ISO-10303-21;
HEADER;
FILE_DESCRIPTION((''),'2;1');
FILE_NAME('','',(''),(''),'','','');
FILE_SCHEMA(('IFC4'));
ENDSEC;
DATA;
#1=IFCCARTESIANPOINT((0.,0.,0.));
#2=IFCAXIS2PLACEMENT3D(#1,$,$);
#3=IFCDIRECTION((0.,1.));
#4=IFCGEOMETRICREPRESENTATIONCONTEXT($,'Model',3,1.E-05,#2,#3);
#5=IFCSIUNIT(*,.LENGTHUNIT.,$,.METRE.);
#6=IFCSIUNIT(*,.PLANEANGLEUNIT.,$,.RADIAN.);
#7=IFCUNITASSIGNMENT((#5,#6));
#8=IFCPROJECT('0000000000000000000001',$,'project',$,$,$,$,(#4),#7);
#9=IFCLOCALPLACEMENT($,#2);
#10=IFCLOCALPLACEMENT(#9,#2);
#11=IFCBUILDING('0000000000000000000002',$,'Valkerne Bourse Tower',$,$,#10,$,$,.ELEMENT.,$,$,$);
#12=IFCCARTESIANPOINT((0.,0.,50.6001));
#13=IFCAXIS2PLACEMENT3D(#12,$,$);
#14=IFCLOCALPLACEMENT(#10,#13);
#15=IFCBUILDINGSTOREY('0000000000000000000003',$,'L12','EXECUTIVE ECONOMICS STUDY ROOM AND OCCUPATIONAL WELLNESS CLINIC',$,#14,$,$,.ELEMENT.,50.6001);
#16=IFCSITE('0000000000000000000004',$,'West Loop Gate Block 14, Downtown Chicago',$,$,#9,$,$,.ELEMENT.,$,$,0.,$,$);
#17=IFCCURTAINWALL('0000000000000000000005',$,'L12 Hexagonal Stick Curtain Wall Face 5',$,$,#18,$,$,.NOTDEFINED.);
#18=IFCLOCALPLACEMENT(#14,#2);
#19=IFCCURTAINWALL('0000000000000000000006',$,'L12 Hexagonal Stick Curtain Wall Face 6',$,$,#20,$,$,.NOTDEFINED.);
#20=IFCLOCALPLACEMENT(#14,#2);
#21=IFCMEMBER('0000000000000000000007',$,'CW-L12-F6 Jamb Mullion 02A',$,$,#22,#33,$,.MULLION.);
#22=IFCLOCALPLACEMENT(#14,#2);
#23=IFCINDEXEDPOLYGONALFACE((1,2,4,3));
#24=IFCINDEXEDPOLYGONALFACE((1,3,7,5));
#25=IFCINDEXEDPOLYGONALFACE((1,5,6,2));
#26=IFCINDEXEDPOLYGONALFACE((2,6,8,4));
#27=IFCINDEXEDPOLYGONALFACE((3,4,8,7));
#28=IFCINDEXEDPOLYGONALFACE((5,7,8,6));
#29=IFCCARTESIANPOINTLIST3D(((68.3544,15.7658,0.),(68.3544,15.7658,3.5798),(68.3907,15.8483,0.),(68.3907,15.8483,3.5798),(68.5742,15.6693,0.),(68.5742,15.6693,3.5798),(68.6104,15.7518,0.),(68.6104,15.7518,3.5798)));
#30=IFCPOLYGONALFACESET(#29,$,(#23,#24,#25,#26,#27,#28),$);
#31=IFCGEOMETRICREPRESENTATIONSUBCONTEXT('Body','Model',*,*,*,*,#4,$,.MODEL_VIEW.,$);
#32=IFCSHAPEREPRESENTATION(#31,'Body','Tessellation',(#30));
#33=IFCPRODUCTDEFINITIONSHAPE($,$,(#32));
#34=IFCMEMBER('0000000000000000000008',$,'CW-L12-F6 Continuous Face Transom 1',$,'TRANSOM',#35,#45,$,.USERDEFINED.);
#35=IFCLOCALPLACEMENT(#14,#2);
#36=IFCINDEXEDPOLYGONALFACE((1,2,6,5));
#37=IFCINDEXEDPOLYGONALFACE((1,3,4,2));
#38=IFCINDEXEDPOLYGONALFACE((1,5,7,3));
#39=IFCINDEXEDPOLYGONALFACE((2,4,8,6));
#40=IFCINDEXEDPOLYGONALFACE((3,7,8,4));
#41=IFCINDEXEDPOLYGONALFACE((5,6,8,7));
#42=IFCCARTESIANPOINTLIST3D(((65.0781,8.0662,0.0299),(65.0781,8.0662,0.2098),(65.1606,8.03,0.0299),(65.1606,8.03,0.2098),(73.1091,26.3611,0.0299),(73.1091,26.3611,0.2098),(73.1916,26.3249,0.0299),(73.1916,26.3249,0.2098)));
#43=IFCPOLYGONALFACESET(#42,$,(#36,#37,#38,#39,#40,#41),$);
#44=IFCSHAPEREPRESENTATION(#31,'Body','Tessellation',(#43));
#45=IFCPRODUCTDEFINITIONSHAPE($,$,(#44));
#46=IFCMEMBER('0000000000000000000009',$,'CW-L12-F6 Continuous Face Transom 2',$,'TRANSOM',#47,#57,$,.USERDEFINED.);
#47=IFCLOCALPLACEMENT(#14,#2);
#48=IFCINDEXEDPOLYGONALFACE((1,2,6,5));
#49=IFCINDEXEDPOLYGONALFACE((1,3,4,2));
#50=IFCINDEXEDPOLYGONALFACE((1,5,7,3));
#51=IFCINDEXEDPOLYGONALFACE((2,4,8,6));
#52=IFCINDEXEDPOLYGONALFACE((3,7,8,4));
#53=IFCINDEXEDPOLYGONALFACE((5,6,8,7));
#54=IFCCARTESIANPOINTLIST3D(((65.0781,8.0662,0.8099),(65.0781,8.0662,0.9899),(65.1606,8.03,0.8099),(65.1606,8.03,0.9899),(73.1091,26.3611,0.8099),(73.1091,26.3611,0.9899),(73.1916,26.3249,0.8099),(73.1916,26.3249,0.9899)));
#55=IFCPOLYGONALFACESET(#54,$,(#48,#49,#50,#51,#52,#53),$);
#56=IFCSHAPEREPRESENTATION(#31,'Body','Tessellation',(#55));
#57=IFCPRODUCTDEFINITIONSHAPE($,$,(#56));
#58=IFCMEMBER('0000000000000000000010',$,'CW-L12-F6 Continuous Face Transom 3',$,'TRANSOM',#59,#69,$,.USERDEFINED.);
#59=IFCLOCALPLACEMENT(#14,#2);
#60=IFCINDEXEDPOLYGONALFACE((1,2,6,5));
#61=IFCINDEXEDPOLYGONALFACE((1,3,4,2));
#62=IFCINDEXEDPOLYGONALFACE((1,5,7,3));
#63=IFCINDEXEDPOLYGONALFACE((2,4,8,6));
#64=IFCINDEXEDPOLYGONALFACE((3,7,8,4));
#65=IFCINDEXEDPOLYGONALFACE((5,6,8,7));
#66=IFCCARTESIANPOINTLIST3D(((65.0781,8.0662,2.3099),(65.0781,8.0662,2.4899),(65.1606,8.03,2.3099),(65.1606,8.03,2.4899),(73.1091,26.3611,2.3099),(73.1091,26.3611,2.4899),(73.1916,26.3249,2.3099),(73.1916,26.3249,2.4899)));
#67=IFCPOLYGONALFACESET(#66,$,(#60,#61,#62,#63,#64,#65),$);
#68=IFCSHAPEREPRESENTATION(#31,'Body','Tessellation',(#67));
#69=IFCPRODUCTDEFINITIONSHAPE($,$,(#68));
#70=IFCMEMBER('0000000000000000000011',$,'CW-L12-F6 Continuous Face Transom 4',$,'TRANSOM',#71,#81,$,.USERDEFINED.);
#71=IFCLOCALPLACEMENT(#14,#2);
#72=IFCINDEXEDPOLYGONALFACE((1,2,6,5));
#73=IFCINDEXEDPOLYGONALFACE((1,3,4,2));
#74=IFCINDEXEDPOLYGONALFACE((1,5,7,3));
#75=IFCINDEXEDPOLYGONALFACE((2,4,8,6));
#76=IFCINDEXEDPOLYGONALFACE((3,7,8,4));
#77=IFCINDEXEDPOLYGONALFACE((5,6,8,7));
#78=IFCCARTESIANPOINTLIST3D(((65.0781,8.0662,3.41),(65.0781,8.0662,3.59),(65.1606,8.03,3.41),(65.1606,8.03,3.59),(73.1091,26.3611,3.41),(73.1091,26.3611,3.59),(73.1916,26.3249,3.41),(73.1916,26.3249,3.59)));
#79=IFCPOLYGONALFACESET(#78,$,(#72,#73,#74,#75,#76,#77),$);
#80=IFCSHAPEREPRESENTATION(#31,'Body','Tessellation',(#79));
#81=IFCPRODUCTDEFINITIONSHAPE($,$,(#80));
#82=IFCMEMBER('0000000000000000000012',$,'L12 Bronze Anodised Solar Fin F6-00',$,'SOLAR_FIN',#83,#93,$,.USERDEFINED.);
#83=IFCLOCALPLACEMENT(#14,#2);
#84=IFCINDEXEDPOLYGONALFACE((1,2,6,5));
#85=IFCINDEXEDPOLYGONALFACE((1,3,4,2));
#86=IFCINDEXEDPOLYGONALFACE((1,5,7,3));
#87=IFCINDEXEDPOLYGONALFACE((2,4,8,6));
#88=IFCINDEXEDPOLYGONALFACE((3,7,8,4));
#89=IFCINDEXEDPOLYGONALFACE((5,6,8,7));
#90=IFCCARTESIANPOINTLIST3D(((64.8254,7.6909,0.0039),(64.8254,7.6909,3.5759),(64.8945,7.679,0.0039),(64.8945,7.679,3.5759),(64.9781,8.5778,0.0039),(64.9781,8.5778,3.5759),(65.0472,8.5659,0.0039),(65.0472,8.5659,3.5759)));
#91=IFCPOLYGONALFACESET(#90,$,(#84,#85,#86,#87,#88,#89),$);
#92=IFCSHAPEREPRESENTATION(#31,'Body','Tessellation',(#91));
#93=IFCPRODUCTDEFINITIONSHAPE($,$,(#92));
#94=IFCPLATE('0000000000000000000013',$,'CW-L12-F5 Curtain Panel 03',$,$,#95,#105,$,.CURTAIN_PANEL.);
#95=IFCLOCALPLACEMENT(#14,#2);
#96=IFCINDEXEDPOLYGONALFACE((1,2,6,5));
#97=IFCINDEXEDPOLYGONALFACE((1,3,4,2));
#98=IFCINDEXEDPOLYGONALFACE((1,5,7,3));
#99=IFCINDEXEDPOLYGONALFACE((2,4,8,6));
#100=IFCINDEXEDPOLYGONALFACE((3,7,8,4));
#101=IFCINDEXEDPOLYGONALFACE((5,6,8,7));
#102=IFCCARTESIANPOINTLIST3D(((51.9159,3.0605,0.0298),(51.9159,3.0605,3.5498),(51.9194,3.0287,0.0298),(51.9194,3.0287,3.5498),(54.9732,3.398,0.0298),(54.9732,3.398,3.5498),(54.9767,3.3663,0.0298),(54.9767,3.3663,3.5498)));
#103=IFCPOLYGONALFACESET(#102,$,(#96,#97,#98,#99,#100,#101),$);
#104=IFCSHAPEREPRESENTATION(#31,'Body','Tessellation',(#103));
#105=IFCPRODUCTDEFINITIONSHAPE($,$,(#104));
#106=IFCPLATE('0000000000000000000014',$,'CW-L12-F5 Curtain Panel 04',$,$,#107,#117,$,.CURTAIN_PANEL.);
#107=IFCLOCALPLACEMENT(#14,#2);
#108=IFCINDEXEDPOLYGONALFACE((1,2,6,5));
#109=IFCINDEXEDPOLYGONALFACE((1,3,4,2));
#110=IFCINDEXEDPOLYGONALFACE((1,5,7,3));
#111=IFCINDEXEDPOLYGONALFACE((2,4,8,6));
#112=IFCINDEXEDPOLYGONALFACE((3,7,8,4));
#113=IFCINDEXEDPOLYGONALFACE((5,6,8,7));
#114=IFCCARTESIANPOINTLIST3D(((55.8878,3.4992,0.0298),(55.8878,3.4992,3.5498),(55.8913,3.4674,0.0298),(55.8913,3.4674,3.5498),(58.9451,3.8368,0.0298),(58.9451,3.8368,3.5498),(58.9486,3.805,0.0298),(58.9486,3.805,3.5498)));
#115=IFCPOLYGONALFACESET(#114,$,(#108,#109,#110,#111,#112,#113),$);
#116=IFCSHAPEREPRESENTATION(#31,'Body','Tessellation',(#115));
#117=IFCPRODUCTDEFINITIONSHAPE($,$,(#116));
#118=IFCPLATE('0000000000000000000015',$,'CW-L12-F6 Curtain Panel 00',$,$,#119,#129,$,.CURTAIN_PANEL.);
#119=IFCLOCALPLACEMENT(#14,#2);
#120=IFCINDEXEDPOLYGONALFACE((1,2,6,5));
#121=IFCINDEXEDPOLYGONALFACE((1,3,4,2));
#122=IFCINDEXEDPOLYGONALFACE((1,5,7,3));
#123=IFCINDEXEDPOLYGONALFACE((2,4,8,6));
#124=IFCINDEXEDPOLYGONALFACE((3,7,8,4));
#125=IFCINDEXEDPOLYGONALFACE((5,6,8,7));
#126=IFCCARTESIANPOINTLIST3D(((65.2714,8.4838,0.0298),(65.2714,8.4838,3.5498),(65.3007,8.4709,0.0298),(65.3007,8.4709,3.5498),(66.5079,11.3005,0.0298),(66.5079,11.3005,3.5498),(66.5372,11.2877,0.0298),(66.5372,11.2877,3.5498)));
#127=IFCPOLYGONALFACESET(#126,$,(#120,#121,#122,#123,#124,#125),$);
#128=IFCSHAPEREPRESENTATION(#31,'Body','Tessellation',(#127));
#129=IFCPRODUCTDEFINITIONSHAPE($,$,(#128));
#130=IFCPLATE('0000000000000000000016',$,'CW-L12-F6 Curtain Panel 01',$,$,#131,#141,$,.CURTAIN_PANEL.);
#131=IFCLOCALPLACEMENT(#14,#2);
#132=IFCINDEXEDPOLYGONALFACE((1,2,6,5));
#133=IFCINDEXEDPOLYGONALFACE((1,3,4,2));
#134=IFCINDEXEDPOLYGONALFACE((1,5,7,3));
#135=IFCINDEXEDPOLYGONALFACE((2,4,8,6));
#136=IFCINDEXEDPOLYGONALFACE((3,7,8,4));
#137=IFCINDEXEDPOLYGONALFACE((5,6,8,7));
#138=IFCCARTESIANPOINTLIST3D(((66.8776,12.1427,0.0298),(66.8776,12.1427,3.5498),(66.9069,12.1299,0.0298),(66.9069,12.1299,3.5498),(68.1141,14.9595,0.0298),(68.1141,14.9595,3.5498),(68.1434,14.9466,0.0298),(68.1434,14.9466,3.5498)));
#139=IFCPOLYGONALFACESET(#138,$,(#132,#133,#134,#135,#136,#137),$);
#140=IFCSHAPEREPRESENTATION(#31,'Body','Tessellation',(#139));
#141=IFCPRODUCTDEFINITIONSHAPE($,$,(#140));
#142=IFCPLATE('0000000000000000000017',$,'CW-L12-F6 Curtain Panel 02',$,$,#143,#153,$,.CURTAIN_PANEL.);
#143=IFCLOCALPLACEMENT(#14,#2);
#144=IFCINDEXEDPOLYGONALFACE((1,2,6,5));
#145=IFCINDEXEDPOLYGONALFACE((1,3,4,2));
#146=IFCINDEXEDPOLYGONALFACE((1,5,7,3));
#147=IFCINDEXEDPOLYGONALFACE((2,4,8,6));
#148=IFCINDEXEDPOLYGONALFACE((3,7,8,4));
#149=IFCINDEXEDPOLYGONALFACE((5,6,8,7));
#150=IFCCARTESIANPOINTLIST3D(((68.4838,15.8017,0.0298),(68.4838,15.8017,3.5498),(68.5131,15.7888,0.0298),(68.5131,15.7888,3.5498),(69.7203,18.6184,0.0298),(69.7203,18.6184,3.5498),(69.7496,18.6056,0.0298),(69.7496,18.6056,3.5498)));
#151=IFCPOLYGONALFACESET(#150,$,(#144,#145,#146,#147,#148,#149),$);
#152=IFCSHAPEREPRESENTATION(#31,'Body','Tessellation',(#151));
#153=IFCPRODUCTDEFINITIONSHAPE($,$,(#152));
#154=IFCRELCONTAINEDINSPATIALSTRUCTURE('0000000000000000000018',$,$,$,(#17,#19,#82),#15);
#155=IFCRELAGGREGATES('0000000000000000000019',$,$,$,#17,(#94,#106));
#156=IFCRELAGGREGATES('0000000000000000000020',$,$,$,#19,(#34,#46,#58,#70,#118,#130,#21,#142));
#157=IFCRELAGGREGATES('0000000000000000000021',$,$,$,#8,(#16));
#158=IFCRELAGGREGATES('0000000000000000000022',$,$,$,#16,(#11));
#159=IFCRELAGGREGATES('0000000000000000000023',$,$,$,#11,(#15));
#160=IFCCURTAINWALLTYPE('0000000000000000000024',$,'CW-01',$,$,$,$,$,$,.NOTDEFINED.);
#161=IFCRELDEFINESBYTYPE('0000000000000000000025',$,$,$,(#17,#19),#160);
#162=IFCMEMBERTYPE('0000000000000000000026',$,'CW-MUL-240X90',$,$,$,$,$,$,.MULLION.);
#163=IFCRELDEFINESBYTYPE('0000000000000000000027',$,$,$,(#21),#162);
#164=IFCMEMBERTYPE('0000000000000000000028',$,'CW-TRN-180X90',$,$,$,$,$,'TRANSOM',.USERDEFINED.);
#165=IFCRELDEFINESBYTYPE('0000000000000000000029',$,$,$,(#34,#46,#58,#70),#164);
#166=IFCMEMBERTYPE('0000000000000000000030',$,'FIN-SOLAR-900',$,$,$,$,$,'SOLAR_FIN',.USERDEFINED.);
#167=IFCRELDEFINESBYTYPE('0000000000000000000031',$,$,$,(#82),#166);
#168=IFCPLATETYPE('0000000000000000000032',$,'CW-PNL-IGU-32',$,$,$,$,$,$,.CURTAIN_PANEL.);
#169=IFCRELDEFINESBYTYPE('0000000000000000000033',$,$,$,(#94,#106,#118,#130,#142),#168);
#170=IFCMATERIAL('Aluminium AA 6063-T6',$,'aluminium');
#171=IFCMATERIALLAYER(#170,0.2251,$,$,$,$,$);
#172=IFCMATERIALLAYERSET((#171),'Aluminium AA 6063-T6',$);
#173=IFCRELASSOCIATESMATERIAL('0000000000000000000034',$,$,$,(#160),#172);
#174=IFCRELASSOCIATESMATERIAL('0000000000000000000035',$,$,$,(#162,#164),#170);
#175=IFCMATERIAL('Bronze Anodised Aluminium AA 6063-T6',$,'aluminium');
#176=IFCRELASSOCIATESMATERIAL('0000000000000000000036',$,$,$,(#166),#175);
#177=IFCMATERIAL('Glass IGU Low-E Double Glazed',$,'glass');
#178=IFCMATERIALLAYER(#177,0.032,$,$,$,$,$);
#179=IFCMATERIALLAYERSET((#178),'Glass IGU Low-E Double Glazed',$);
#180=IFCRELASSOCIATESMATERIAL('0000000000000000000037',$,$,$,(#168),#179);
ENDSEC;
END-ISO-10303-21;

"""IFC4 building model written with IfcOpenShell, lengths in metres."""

from ifc_helpers import new_model, si_unit, direction, frame, origin, origin_2d, place, context, subcontext, project, spatial, rectangle, extrude, material, layer, layer_set, material_profile, profile_set, type_object, element, aggregate, save


model = new_model("IFC4")

# Units and contexts
model_context = context("Model", 3, precision=1e-05, world=origin(), true_north=direction((0.0, 1.0)))
body_context = subcontext(model_context, "Body", "Model", "MODEL_VIEW")
ifc_project = project(units=[si_unit("LENGTHUNIT", "METRE"), si_unit("PLANEANGLEUNIT", "RADIAN")], contexts=[model_context])

# Site, building, storey
site_placement = place(None, origin())
site = spatial("IfcSite", under=ifc_project, at=site_placement, Name="West Loop Gate Block 14, Downtown Chicago", CompositionType="ELEMENT", RefElevation=0.0)
building_placement = place(site_placement, origin())
building = spatial("IfcBuilding", under=site, at=building_placement, Name="Valkerne Bourse Tower", CompositionType="ELEMENT")
storey_placement = place(building_placement, frame((0.0, 0.0, 50.6001)))
storey = spatial("IfcBuildingStorey", under=building, at=storey_placement, Name="L12", Description="EXECUTIVE ECONOMICS STUDY ROOM AND OCCUPATIONAL WELLNESS CLINIC", CompositionType="ELEMENT", Elevation=50.6001)

# Curtain walls, members
ifc_material_1 = material(Name="Aluminium AA 6063-T6", Category="aluminium")
ifc_layer_1 = layer(ifc_material_1, 0.2251)
ifc_layer_set_1 = layer_set([ifc_layer_1], Name="Aluminium AA 6063-T6")
curtain_wall_type = type_object("IfcCurtainWallType", Name="CW-01", PredefinedType="NOTDEFINED", material=ifc_layer_set_1)
curtain_wall_1_placement = place(storey_placement, origin())
curtain_wall_1 = element("IfcCurtainWall", 1, at=curtain_wall_1_placement, inside=storey, type_object=curtain_wall_type, Name="L12 Hexagonal Stick Curtain Wall Face 5", PredefinedType="NOTDEFINED")
ifc_material_profile_1 = material_profile(ifc_material_1, rectangle(XDim=0.0901, YDim=0.24, at=origin_2d()), Name="CWM-90X240")
ifc_profile_set_1 = profile_set([ifc_material_profile_1], Name="Aluminium AA 6063-T6")
member_type_1 = type_object("IfcMemberType", Name="CW-MUL-240X90", PredefinedType="MULLION", material=ifc_profile_set_1)
curtain_wall_2_placement = place(storey_placement, origin())
curtain_wall_2 = element("IfcCurtainWall", 2, at=curtain_wall_2_placement, inside=storey, type_object=curtain_wall_type, Name="L12 Hexagonal Stick Curtain Wall Face 6", PredefinedType="NOTDEFINED")
member_1_placement = place(storey_placement, frame((68.4824, 15.7588, 0.0), z_axis=(0.0, 0.0, 1.0), x_axis=(0.40195, 0.915662, 0.0)))
member_1 = element("IfcMember", 3, at=member_1_placement, type_object=member_type_1, Name="CW-L12-F6 Jamb Mullion 02A", PredefinedType="MULLION", context=body_context, shape_type="SweptSolid", body=[
    extrude(rectangle(XDim=0.0901, YDim=0.24, at=origin_2d()), origin(), (0.0, 0.0, 1.0), 3.5798),
])
ifc_material_profile_2 = material_profile(ifc_material_1, rectangle(XDim=0.0901, YDim=0.1799, at=origin_2d()), Name="CWT-90X180")
ifc_profile_set_2 = profile_set([ifc_material_profile_2], Name="Aluminium AA 6063-T6")
member_type_2 = type_object("IfcMemberType", Name="CW-TRN-180X90", ElementType="TRANSOM", PredefinedType="USERDEFINED", material=ifc_profile_set_2)
member_2_placement = place(storey_placement, frame((65.1194, 8.0481, 0.1199), z_axis=(0.401952, 0.915661, 0.0), x_axis=(-0.915661, 0.401952, 0.0)))
member_2 = element("IfcMember", 4, at=member_2_placement, type_object=member_type_2, Name="CW-L12-F6 Continuous Face Transom 1", ObjectType="TRANSOM", PredefinedType="USERDEFINED", context=body_context, shape_type="SweptSolid", body=[
    extrude(rectangle(XDim=0.0901, YDim=0.1799, at=origin_2d()), origin(), (0.0, 0.0, 1.0), 19.98),
])
member_3_placement = place(storey_placement, frame((65.1194, 8.0481, 0.8999), z_axis=(0.401952, 0.915661, 0.0), x_axis=(-0.915661, 0.401952, 0.0)))
member_3 = element("IfcMember", 5, at=member_3_placement, type_object=member_type_2, Name="CW-L12-F6 Continuous Face Transom 2", ObjectType="TRANSOM", PredefinedType="USERDEFINED", context=body_context, shape_type="SweptSolid", body=[
    extrude(rectangle(XDim=0.0901, YDim=0.1799, at=origin_2d()), origin(), (0.0, 0.0, 1.0), 19.98),
])
member_4_placement = place(storey_placement, frame((65.1194, 8.0481, 2.3999), z_axis=(0.401952, 0.915661, 0.0), x_axis=(-0.915661, 0.401952, 0.0)))
member_4 = element("IfcMember", 6, at=member_4_placement, type_object=member_type_2, Name="CW-L12-F6 Continuous Face Transom 3", ObjectType="TRANSOM", PredefinedType="USERDEFINED", context=body_context, shape_type="SweptSolid", body=[
    extrude(rectangle(XDim=0.0901, YDim=0.1799, at=origin_2d()), origin(), (0.0, 0.0, 1.0), 19.98),
])
member_5_placement = place(storey_placement, frame((65.1194, 8.0481, 3.5), z_axis=(0.401952, 0.915661, 0.0), x_axis=(-0.915661, 0.401952, 0.0)))
member_5 = element("IfcMember", 7, at=member_5_placement, type_object=member_type_2, Name="CW-L12-F6 Continuous Face Transom 4", ObjectType="TRANSOM", PredefinedType="USERDEFINED", context=body_context, shape_type="SweptSolid", body=[
    extrude(rectangle(XDim=0.0901, YDim=0.1799, at=origin_2d()), origin(), (0.0, 0.0, 1.0), 19.98),
])

# Member
ifc_material_2 = material(Name="Bronze Anodised Aluminium AA 6063-T6", Category="aluminium")
ifc_material_profile_3 = material_profile(ifc_material_2, rectangle(XDim=0.0701, YDim=0.8999, at=origin_2d()), Name="FIN-70X900")
ifc_profile_set_3 = profile_set([ifc_material_profile_3], Name="Bronze Anodised Aluminium AA 6063-T6")
member_type_3 = type_object("IfcMemberType", Name="FIN-SOLAR-900", ElementType="SOLAR_FIN", PredefinedType="USERDEFINED", material=ifc_profile_set_3)
member_6_placement = place(storey_placement, frame((64.9363, 8.1284, 0.0039), z_axis=(0.0, 0.0, 1.0), x_axis=(0.985499, -0.169683, 0.0)))
element("IfcMember", 8, at=member_6_placement, inside=storey, type_object=member_type_3, Name="L12 Bronze Anodised Solar Fin F6-00", ObjectType="SOLAR_FIN", PredefinedType="USERDEFINED", context=body_context, shape_type="SweptSolid", body=[
    extrude(rectangle(XDim=0.0701, YDim=0.8999, at=origin_2d()), origin(), (0.0, 0.0, 1.0), 3.572),
])

# Plates
ifc_material_3 = material(Name="Glass IGU Low-E Double Glazed", Category="glass")
ifc_layer_2 = layer(ifc_material_3, 0.032)
ifc_layer_set_2 = layer_set([ifc_layer_2], Name="Glass IGU Low-E Double Glazed")
plate_type = type_object("IfcPlateType", Name="CW-PNL-IGU-32", PredefinedType="CURTAIN_PANEL", material=ifc_layer_set_2)
plate_1_placement = place(storey_placement, frame((53.4463, 3.2134, 0.0298), z_axis=(0.0, 0.0, 1.0), x_axis=(0.993961, 0.109734, 0.0)))
plate_1 = element("IfcPlate", 9, at=plate_1_placement, type_object=plate_type, Name="CW-L12-F5 Curtain Panel 03", PredefinedType="CURTAIN_PANEL", context=body_context, shape_type="SweptSolid", body=[
    extrude(rectangle(XDim=3.0759, YDim=0.032, at=origin_2d()), origin(), (0.0, 0.0, 1.0), 3.52),
])
plate_2_placement = place(storey_placement, frame((57.4182, 3.6521, 0.0298), z_axis=(0.0, 0.0, 1.0), x_axis=(0.993961, 0.109737, 0.0)))
plate_2 = element("IfcPlate", 10, at=plate_2_placement, type_object=plate_type, Name="CW-L12-F5 Curtain Panel 04", PredefinedType="CURTAIN_PANEL", context=body_context, shape_type="SweptSolid", body=[
    extrude(rectangle(XDim=3.0759, YDim=0.032, at=origin_2d()), origin(), (0.0, 0.0, 1.0), 3.52),
])
aggregate(curtain_wall_1, [plate_1, plate_2])
plate_3_placement = place(storey_placement, frame((65.9043, 9.8857, 0.0298), z_axis=(0.0, 0.0, 1.0), x_axis=(0.40195, 0.915662, 0.0)))
plate_3 = element("IfcPlate", 11, at=plate_3_placement, type_object=plate_type, Name="CW-L12-F6 Curtain Panel 00", PredefinedType="CURTAIN_PANEL", context=body_context, shape_type="SweptSolid", body=[
    extrude(rectangle(XDim=3.0762, YDim=0.032, at=origin_2d()), origin(), (0.0, 0.0, 1.0), 3.52),
])
plate_4_placement = place(storey_placement, frame((67.5105, 13.5447, 0.0298), z_axis=(0.0, 0.0, 1.0), x_axis=(0.40195, 0.915662, 0.0)))
plate_4 = element("IfcPlate", 12, at=plate_4_placement, type_object=plate_type, Name="CW-L12-F6 Curtain Panel 01", PredefinedType="CURTAIN_PANEL", context=body_context, shape_type="SweptSolid", body=[
    extrude(rectangle(XDim=3.0762, YDim=0.032, at=origin_2d()), origin(), (0.0, 0.0, 1.0), 3.52),
])
plate_5_placement = place(storey_placement, frame((69.1167, 17.2036, 0.0298), z_axis=(0.0, 0.0, 1.0), x_axis=(0.40195, 0.915662, 0.0)))
plate_5 = element("IfcPlate", 13, at=plate_5_placement, type_object=plate_type, Name="CW-L12-F6 Curtain Panel 02", PredefinedType="CURTAIN_PANEL", context=body_context, shape_type="SweptSolid", body=[
    extrude(rectangle(XDim=3.0762, YDim=0.032, at=origin_2d()), origin(), (0.0, 0.0, 1.0), 3.52),
])
aggregate(curtain_wall_2, [member_2, member_3, member_4, member_5, plate_3, plate_4, member_1, plate_5])

save(model, "model.ifc")
